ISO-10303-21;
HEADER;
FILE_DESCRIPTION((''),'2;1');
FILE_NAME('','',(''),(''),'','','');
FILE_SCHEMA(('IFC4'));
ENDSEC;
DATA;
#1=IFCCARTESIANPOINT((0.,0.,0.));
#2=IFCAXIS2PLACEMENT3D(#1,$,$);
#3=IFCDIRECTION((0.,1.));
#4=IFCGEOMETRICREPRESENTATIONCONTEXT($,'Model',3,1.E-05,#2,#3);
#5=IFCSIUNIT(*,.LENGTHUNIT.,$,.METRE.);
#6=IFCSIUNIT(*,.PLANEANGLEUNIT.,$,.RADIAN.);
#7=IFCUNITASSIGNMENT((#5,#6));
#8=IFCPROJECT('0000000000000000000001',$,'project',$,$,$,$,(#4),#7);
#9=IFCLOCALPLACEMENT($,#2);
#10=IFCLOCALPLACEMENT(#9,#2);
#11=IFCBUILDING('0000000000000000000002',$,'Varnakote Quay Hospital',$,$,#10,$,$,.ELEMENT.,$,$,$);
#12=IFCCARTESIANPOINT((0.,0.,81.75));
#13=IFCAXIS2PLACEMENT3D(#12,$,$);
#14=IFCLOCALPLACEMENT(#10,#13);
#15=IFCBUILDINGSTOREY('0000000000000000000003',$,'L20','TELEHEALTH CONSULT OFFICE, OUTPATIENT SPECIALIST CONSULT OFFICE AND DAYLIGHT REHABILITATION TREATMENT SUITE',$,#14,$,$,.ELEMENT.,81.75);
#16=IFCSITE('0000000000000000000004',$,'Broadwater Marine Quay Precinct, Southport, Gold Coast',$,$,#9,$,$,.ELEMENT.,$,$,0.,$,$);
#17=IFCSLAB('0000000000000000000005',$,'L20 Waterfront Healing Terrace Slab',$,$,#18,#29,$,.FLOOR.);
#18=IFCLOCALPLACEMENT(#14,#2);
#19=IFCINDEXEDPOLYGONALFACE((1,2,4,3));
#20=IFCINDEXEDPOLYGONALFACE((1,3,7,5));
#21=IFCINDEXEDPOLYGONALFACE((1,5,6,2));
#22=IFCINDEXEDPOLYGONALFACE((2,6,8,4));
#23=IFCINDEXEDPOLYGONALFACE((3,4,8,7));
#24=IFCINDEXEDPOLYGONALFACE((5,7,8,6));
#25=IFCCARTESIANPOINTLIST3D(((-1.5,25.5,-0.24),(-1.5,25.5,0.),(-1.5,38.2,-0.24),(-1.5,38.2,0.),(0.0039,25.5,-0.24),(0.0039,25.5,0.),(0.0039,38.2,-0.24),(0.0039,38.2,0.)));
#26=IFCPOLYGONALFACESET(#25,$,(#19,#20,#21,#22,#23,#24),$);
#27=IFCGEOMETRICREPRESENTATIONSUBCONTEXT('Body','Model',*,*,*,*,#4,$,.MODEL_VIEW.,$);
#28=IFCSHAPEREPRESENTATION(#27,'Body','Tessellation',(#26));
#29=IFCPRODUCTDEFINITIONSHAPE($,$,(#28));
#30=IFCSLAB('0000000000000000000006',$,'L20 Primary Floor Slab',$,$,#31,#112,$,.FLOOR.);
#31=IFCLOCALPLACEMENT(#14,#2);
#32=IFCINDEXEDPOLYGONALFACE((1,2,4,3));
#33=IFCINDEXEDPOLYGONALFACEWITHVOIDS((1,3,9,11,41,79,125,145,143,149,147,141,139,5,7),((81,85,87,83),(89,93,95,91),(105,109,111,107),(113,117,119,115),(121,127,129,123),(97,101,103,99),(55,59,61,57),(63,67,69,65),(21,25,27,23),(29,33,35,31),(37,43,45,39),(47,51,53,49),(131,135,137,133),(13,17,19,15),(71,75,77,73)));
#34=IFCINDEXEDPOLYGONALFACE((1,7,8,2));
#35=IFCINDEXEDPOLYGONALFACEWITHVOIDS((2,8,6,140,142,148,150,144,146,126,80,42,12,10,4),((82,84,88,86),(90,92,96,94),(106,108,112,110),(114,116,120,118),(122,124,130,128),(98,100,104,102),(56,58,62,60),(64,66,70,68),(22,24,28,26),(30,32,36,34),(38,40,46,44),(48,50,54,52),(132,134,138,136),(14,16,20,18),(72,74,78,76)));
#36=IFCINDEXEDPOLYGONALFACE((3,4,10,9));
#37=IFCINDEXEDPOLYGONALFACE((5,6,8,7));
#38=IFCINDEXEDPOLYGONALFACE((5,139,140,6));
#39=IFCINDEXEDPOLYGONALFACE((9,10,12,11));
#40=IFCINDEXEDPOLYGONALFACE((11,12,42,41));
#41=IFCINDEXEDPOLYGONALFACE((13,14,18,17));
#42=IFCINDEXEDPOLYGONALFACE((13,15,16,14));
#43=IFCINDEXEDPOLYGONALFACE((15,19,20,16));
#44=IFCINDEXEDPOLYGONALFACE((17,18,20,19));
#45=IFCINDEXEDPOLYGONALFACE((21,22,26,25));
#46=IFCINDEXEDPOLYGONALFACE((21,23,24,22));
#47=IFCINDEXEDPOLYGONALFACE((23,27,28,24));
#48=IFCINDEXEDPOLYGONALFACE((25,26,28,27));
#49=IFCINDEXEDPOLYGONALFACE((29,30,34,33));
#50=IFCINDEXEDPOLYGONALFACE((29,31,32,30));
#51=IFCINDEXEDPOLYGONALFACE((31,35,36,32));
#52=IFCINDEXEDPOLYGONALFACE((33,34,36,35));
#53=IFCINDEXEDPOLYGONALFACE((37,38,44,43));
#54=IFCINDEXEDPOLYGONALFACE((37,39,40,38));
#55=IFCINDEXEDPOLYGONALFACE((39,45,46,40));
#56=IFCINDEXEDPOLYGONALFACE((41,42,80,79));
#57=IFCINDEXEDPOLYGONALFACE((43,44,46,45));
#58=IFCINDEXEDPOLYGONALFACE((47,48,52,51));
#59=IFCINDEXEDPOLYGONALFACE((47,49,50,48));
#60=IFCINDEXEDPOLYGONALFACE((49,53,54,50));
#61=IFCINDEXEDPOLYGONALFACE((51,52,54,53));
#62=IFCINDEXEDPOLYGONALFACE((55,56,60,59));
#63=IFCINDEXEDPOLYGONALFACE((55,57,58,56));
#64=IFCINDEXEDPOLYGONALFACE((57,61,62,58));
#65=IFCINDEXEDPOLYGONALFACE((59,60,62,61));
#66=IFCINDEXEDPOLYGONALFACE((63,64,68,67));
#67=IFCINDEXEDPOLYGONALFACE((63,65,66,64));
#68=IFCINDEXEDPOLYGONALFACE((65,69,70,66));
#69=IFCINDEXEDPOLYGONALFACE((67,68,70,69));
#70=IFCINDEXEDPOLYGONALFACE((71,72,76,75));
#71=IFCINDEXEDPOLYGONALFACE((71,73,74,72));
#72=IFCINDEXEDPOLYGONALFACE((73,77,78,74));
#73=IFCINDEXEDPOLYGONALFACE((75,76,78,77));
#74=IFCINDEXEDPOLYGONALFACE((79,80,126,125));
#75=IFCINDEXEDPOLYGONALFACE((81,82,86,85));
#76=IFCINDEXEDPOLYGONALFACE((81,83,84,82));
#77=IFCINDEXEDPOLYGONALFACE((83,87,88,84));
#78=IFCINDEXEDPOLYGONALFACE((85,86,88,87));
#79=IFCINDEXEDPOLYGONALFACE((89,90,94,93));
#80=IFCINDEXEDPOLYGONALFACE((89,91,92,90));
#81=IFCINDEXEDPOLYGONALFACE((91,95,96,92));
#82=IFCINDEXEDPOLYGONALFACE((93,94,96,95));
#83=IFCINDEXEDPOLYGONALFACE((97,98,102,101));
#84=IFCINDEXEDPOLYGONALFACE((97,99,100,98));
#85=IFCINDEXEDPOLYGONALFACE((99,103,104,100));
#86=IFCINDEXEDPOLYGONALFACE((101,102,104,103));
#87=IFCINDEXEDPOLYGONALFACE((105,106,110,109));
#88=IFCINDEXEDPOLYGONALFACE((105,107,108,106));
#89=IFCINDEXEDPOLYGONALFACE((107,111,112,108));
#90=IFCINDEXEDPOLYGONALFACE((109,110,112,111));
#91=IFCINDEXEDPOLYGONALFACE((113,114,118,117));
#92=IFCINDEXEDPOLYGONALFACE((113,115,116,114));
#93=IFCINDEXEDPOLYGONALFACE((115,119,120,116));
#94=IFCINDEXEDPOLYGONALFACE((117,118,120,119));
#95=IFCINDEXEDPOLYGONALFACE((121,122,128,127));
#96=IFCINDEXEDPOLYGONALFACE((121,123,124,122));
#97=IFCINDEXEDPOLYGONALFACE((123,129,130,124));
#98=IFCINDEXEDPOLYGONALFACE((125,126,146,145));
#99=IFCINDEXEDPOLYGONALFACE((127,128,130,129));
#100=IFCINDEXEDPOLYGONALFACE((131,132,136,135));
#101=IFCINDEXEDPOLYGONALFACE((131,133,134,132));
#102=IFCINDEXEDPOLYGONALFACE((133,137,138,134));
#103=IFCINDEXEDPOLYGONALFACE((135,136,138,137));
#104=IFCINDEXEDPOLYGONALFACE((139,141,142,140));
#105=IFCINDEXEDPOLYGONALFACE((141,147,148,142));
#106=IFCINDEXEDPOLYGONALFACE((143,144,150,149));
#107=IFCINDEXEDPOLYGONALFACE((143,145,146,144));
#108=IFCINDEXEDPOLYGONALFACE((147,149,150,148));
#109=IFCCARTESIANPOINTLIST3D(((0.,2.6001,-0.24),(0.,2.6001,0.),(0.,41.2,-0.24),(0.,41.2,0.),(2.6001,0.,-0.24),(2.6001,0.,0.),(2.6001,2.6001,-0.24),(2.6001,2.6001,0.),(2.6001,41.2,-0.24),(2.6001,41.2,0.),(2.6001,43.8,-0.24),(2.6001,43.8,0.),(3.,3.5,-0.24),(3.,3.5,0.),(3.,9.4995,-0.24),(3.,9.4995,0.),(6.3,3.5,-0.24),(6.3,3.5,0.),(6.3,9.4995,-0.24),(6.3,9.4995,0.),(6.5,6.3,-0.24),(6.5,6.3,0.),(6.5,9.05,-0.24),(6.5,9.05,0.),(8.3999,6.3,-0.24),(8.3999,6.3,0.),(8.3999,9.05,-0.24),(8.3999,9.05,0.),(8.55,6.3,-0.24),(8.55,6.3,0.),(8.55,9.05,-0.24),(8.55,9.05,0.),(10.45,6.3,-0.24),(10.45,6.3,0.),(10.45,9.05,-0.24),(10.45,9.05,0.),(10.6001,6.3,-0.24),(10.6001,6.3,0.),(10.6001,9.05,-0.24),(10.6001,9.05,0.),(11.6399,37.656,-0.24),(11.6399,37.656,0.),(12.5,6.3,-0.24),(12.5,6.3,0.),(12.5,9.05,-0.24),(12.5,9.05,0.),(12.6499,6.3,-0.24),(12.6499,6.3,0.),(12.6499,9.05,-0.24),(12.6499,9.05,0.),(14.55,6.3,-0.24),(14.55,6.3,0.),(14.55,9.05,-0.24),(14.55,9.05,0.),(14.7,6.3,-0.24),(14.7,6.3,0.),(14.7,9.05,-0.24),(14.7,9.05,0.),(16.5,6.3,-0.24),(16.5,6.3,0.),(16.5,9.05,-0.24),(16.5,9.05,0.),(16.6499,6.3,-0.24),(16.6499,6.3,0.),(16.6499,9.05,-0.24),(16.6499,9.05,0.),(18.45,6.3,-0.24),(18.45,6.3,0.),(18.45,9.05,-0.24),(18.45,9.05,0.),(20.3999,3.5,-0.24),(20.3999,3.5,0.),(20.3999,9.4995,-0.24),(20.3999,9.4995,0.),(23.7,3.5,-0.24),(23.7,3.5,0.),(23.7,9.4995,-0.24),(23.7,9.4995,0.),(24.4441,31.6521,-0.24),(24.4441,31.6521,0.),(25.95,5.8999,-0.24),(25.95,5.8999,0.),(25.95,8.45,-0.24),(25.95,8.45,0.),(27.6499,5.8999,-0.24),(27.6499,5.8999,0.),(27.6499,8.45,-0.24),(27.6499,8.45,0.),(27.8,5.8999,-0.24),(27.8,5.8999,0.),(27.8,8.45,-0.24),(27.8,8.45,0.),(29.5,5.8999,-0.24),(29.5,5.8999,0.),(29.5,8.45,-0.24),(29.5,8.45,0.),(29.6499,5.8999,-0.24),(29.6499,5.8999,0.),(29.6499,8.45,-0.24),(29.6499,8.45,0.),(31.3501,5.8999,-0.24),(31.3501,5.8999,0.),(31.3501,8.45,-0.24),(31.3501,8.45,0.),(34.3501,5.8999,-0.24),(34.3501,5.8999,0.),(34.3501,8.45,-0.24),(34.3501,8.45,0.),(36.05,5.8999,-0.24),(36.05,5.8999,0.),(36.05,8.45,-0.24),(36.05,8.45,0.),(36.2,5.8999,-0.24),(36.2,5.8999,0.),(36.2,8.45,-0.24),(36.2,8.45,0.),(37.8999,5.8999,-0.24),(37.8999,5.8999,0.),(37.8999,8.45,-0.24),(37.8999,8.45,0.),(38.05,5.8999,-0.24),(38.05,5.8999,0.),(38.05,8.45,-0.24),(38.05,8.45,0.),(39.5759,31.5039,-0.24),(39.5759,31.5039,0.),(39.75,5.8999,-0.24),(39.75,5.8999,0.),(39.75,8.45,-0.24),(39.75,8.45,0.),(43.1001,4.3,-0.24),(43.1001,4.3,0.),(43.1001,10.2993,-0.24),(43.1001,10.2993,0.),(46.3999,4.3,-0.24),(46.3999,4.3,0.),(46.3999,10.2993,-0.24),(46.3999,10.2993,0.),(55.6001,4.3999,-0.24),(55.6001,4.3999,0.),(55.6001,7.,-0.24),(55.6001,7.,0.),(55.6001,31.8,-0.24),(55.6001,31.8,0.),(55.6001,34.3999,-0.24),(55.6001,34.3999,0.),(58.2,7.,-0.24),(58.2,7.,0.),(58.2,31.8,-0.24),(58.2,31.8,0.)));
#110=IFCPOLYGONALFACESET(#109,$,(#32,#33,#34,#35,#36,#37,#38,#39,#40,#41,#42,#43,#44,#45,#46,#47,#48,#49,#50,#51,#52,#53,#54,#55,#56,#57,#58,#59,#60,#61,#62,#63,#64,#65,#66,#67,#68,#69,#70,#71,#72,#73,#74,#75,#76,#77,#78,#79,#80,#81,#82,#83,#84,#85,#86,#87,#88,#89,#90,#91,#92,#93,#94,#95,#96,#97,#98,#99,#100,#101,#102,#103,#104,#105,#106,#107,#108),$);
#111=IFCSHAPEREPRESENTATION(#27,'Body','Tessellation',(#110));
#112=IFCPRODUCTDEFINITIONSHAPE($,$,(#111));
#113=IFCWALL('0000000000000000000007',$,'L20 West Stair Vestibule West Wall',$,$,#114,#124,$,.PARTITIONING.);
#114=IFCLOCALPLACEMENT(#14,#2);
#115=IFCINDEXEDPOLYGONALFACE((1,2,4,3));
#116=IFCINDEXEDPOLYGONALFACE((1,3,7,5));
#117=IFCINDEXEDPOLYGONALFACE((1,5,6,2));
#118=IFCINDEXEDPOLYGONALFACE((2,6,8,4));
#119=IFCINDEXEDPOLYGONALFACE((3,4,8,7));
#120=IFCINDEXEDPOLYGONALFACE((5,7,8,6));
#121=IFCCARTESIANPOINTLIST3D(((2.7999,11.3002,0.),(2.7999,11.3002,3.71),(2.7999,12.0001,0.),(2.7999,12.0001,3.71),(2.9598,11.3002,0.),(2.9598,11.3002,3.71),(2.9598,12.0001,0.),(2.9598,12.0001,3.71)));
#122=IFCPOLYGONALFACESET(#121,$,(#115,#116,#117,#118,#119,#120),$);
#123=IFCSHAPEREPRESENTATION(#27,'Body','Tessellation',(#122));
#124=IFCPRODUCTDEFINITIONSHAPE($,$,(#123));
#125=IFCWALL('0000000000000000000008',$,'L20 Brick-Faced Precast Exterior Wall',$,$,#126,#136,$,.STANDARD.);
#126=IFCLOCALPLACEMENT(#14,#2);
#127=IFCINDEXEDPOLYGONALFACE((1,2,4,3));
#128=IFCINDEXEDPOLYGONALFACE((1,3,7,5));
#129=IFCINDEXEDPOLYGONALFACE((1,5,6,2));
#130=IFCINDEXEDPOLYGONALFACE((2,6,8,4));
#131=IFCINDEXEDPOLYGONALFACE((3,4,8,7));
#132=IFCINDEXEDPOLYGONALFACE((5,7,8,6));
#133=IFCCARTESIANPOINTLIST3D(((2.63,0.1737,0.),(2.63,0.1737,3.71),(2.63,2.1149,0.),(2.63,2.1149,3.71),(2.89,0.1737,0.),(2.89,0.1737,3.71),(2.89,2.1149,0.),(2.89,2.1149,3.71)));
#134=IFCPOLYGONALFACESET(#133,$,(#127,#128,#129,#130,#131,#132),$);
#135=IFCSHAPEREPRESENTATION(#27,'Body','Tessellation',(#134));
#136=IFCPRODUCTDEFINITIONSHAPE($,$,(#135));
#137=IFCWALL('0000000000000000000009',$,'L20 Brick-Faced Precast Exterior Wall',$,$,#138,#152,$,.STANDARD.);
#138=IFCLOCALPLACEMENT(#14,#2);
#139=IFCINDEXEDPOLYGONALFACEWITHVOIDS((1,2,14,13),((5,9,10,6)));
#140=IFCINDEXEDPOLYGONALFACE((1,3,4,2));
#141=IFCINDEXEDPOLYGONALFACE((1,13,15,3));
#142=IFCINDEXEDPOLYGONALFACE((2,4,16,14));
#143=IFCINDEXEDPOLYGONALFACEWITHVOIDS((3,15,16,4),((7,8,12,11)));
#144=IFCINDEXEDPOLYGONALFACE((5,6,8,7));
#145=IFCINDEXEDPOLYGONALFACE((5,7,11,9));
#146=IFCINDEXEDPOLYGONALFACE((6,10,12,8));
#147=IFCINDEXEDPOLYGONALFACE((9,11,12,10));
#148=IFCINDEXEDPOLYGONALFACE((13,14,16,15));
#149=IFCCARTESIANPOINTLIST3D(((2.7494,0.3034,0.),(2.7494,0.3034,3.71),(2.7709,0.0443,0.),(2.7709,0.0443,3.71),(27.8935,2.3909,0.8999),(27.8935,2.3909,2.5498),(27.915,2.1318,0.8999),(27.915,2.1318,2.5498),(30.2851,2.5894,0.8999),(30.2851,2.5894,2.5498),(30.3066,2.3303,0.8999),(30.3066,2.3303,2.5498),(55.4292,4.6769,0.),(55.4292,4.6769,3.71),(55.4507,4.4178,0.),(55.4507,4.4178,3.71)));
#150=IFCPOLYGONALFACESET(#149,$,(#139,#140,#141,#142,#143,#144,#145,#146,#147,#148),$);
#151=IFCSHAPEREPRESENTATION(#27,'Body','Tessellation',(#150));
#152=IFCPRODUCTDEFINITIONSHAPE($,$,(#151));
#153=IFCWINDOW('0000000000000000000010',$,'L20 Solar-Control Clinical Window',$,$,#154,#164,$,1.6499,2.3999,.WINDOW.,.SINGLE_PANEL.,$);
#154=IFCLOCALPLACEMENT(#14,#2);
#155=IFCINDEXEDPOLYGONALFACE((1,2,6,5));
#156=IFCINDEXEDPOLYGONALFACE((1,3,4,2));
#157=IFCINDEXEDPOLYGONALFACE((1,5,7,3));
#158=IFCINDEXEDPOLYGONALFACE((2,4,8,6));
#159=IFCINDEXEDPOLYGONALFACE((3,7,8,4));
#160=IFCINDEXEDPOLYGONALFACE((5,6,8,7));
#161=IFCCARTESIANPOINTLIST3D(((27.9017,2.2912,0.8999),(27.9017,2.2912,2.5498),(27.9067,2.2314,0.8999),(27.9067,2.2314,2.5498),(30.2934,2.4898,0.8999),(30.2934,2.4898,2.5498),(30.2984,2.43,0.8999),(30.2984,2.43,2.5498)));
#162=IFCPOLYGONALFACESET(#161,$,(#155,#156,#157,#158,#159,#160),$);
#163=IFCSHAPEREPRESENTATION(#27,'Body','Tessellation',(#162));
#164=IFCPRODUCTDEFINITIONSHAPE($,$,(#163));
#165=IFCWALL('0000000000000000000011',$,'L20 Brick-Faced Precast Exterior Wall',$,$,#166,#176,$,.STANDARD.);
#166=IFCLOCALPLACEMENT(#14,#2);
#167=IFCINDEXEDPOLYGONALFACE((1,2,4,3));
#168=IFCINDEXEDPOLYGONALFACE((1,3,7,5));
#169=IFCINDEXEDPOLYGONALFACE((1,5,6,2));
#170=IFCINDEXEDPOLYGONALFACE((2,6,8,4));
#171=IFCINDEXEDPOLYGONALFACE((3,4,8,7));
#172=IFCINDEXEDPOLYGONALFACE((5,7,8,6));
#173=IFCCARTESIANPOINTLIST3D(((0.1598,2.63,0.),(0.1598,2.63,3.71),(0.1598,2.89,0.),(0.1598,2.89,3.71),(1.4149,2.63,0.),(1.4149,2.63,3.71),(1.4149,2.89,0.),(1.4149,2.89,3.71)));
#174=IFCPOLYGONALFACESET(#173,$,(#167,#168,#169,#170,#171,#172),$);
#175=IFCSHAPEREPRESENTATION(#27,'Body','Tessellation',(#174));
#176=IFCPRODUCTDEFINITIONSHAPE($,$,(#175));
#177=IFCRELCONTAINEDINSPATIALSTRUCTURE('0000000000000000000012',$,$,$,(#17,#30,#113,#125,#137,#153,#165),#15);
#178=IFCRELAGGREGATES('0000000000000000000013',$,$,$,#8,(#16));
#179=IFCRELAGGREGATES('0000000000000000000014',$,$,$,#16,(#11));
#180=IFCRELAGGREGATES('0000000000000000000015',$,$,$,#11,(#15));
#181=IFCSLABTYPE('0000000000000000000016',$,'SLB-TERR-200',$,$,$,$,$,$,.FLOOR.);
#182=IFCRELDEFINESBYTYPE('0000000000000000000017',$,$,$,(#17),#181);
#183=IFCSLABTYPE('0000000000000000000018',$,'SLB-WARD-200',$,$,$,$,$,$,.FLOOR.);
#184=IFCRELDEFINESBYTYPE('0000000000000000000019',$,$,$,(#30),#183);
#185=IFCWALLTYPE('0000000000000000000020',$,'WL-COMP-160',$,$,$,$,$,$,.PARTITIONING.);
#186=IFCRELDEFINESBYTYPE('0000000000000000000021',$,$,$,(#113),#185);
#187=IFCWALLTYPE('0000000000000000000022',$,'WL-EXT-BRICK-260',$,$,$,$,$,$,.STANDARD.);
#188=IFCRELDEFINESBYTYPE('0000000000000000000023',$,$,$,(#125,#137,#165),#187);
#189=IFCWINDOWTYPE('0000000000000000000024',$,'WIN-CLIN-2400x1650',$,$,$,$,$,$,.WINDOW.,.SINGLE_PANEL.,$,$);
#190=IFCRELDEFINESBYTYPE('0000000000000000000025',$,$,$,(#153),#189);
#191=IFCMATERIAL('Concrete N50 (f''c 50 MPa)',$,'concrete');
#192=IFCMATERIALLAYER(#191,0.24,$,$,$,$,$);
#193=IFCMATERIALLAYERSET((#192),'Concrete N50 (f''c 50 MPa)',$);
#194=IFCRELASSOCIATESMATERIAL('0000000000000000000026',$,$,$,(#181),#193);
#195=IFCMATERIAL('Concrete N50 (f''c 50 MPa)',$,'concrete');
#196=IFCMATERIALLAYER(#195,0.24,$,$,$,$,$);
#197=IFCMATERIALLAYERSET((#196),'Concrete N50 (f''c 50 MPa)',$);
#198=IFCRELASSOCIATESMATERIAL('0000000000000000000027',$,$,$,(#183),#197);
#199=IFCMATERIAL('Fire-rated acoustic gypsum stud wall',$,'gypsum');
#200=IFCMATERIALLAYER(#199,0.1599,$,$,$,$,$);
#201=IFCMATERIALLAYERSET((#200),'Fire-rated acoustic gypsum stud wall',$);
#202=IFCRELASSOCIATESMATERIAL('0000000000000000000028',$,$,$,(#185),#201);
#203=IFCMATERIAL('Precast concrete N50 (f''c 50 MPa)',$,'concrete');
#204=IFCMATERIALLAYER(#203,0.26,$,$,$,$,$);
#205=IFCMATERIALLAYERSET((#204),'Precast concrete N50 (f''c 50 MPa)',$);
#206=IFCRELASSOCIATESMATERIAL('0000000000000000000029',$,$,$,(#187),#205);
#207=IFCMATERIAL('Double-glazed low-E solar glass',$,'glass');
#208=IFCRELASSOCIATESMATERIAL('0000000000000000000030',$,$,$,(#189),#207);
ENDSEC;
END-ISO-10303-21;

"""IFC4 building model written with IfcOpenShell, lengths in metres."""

from ifc_helpers import new_model, si_unit, direction, frame, frame_2d, origin, place, context, subcontext, project, spatial, polyline, rectangle, outline, extrude, material, layer, layer_set, type_object, element, fill, save


model = new_model("IFC4")

# Units and contexts
model_context = context("Model", 3, precision=1e-05, world=origin(), true_north=direction((0.0, 1.0)))
body_context = subcontext(model_context, "Body", "Model", "MODEL_VIEW")
ifc_project = project(units=[si_unit("LENGTHUNIT", "METRE"), si_unit("PLANEANGLEUNIT", "RADIAN")], contexts=[model_context])

# Site, building, storey
site_placement = place(None, origin())
site = spatial("IfcSite", under=ifc_project, at=site_placement, Name="Broadwater Marine Quay Precinct, Southport, Gold Coast", CompositionType="ELEMENT", RefElevation=0.0)
building_placement = place(site_placement, origin())
building = spatial("IfcBuilding", under=site, at=building_placement, Name="Varnakote Quay Hospital", CompositionType="ELEMENT")
storey_placement = place(building_placement, frame((0.0, 0.0, 81.75)))
storey = spatial("IfcBuildingStorey", under=building, at=storey_placement, Name="L20", Description="TELEHEALTH CONSULT OFFICE, OUTPATIENT SPECIALIST CONSULT OFFICE AND DAYLIGHT REHABILITATION TREATMENT SUITE", CompositionType="ELEMENT", Elevation=81.75)

# Slabs
ifc_material_1 = material(Name="Concrete N50 (f'c 50 MPa)", Category="concrete")
ifc_layer_1 = layer(ifc_material_1, 0.24)
ifc_layer_set_1 = layer_set([ifc_layer_1], Name="Concrete N50 (f'c 50 MPa)")
slab_type_1 = type_object("IfcSlabType", Name="SLB-TERR-200", PredefinedType="FLOOR", material=ifc_layer_set_1)
slab_1_placement = place(storey_placement, frame((0.0, 0.0, -0.24)))
element("IfcSlab", 1, at=slab_1_placement, inside=storey, type_object=slab_type_1, Name="L20 Waterfront Healing Terrace Slab", PredefinedType="FLOOR", context=body_context, shape_type="SweptSolid", body=[
    extrude(outline(polyline([(0.0039, 25.5), (0.0039, 38.2), (-1.5, 38.2), (-1.5, 25.5), (0.0039, 25.5)])), origin(), (0.0, 0.0, 1.0), 0.24),
])
ifc_material_2 = material(Name="Concrete N50 (f'c 50 MPa)", Category="concrete")
ifc_layer_2 = layer(ifc_material_2, 0.24)
ifc_layer_set_2 = layer_set([ifc_layer_2], Name="Concrete N50 (f'c 50 MPa)")
slab_type_2 = type_object("IfcSlabType", Name="SLB-WARD-200", PredefinedType="FLOOR", material=ifc_layer_set_2)
slab_2_placement = place(storey_placement, frame((0.0, 0.0, -0.24)))
element("IfcSlab", 2, at=slab_2_placement, inside=storey, type_object=slab_type_2, Name="L20 Primary Floor Slab", PredefinedType="FLOOR", context=body_context, shape_type="SweptSolid", body=[
    extrude(outline(polyline([(0.0, 2.6001), (2.6001, 2.6001), (2.6001, 0.0), (55.6001, 4.3999), (55.6001, 7.0), (58.2, 7.0), (58.2, 31.8), (55.6001, 31.8), (55.6001, 34.3999), (39.5759, 31.5039), (24.4441, 31.6521), (11.6399, 37.656), (2.6001, 43.8), (2.6001, 41.2), (0.0, 41.2), (0.0, 2.6001)]), holes=[polyline([(3.0, 3.5), (6.3, 3.5), (6.3, 9.4995), (3.0, 9.4995), (3.0, 3.5)]), polyline([(20.3999, 3.5), (23.7, 3.5), (23.7, 9.4995), (20.3999, 9.4995), (20.3999, 3.5)]), polyline([(43.1001, 4.3), (46.3999, 4.3), (46.3999, 10.2993), (43.1001, 10.2993), (43.1001, 4.3)]), polyline([(6.5, 6.3), (8.3999, 6.3), (8.3999, 9.05), (6.5, 9.05), (6.5, 6.3)]), polyline([(8.55, 6.3), (10.45, 6.3), (10.45, 9.05), (8.55, 9.05), (8.55, 6.3)]), polyline([(10.6001, 6.3), (12.5, 6.3), (12.5, 9.05), (10.6001, 9.05), (10.6001, 6.3)]), polyline([(12.6499, 6.3), (14.55, 6.3), (14.55, 9.05), (12.6499, 9.05), (12.6499, 6.3)]), polyline([(14.7, 6.3), (16.5, 6.3), (16.5, 9.05), (14.7, 9.05), (14.7, 6.3)]), polyline([(16.6499, 6.3), (18.45, 6.3), (18.45, 9.05), (16.6499, 9.05), (16.6499, 6.3)]), polyline([(25.95, 5.8999), (27.6499, 5.8999), (27.6499, 8.45), (25.95, 8.45), (25.95, 5.8999)]), polyline([(27.8, 5.8999), (29.5, 5.8999), (29.5, 8.45), (27.8, 8.45), (27.8, 5.8999)]), polyline([(29.6499, 5.8999), (31.3501, 5.8999), (31.3501, 8.45), (29.6499, 8.45), (29.6499, 5.8999)]), polyline([(34.3501, 5.8999), (36.05, 5.8999), (36.05, 8.45), (34.3501, 8.45), (34.3501, 5.8999)]), polyline([(36.2, 5.8999), (37.8999, 5.8999), (37.8999, 8.45), (36.2, 8.45), (36.2, 5.8999)]), polyline([(38.05, 5.8999), (39.75, 5.8999), (39.75, 8.45), (38.05, 8.45), (38.05, 5.8999)])]), origin(), (0.0, 0.0, 1.0), 0.24),
])

# Walls
ifc_material_3 = material(Name="Fire-rated acoustic gypsum stud wall", Category="gypsum")
ifc_layer_3 = layer(ifc_material_3, 0.1599)
ifc_layer_set_3 = layer_set([ifc_layer_3], Name="Fire-rated acoustic gypsum stud wall")
wall_type_1 = type_object("IfcWallType", Name="WL-COMP-160", PredefinedType="PARTITIONING", material=ifc_layer_set_3)
wall_1_placement = place(storey_placement, frame((2.8799, 11.3, 0.0), z_axis=(0.0, 0.0, 1.0), x_axis=(0.0, 1.0, 0.0)))
element("IfcWall", 3, at=wall_1_placement, inside=storey, type_object=wall_type_1, Name="L20 West Stair Vestibule West Wall", PredefinedType="PARTITIONING", context=body_context, shape_type="SweptSolid", body=[
    extrude(rectangle(XDim=0.7, YDim=0.1599, at=frame_2d((0.3501, 0.0))), origin(), (0.0, 0.0, 1.0), 3.71),
])
ifc_material_4 = material(Name="Precast concrete N50 (f'c 50 MPa)", Category="concrete")
ifc_layer_4 = layer(ifc_material_4, 0.26)
ifc_layer_set_4 = layer_set([ifc_layer_4], Name="Precast concrete N50 (f'c 50 MPa)")
wall_type_2 = type_object("IfcWallType", Name="WL-EXT-BRICK-260", PredefinedType="STANDARD", material=ifc_layer_set_4)
wall_2_placement = place(storey_placement, frame((2.76, 2.115, 0.0), z_axis=(0.0, 0.0, 1.0), x_axis=(0.0, -1.0, 0.0)))
element("IfcWall", 4, at=wall_2_placement, inside=storey, type_object=wall_type_2, Name="L20 Brick-Faced Precast Exterior Wall", PredefinedType="STANDARD", context=body_context, shape_type="SweptSolid", body=[
    extrude(rectangle(XDim=1.9412, YDim=0.26, at=frame_2d((0.9707, 0.0))), origin(), (0.0, 0.0, 1.0), 3.71),
])

# Wall, opening, window
wall_3_placement = place(storey_placement, frame((2.76, 0.1738, 0.0), z_axis=(0.0, 0.0, 1.0), x_axis=(0.996571, 0.082736, 0.0)))
wall_3 = element("IfcWall", 5, at=wall_3_placement, inside=storey, type_object=wall_type_2, Name="L20 Brick-Faced Precast Exterior Wall", PredefinedType="STANDARD", context=body_context, shape_type="SweptSolid", body=[
    extrude(rectangle(XDim=52.8611, YDim=0.26, at=frame_2d((26.4307, 0.0))), origin(), (0.0, 0.0, 1.0), 3.71),
])
opening_1_placement = place(wall_3_placement, frame((25.2307, 0.0, 0.8999)))
opening_1 = element("IfcOpeningElement", 6, at=opening_1_placement, cuts=wall_3, PredefinedType="OPENING", context=body_context, shape_type="SweptSolid", body=[
    extrude(rectangle(XDim=2.3999, YDim=1.6499, at=frame_2d((1.2, 0.825))), frame((0.0, 0.1399, 0.0), z_axis=(0.0, -1.0, 0.0), x_axis=(1.0, 0.0, 0.0)), (0.0, 0.0, 1.0), 0.28),
])
ifc_material_5 = material(Name="Double-glazed low-E solar glass", Category="glass")
window_type = type_object("IfcWindowType", Name="WIN-CLIN-2400x1650", PartitioningType="SINGLE_PANEL", PredefinedType="WINDOW", material=ifc_material_5)
window_placement = place(opening_1_placement, origin())
window = element("IfcWindow", 7, at=window_placement, inside=storey, type_object=window_type, Name="L20 Solar-Control Clinical Window", OverallHeight=1.6499, OverallWidth=2.3999, PartitioningType="SINGLE_PANEL", PredefinedType="WINDOW", context=body_context, shape_type="SweptSolid", body=[
    extrude(rectangle(XDim=2.3999, YDim=1.6499, at=frame_2d((1.2, 0.825))), frame((0.0, 0.03, 0.0), z_axis=(0.0, -1.0, 0.0), x_axis=(1.0, 0.0, 0.0)), (0.0, 0.0, 1.0), 0.0601),
])
fill(opening_1, window)

# Wall
wall_4_placement = place(storey_placement, frame((0.1599, 2.76, 0.0), z_axis=(0.0, 0.0, 1.0), x_axis=(1.0, 0.0, 0.0)))
element("IfcWall", 8, at=wall_4_placement, inside=storey, type_object=wall_type_2, Name="L20 Brick-Faced Precast Exterior Wall", PredefinedType="STANDARD", context=body_context, shape_type="SweptSolid", body=[
    extrude(rectangle(XDim=1.2551, YDim=0.26, at=frame_2d((0.6274, 0.0))), origin(), (0.0, 0.0, 1.0), 3.71),
])

save(model, "model.ifc")
